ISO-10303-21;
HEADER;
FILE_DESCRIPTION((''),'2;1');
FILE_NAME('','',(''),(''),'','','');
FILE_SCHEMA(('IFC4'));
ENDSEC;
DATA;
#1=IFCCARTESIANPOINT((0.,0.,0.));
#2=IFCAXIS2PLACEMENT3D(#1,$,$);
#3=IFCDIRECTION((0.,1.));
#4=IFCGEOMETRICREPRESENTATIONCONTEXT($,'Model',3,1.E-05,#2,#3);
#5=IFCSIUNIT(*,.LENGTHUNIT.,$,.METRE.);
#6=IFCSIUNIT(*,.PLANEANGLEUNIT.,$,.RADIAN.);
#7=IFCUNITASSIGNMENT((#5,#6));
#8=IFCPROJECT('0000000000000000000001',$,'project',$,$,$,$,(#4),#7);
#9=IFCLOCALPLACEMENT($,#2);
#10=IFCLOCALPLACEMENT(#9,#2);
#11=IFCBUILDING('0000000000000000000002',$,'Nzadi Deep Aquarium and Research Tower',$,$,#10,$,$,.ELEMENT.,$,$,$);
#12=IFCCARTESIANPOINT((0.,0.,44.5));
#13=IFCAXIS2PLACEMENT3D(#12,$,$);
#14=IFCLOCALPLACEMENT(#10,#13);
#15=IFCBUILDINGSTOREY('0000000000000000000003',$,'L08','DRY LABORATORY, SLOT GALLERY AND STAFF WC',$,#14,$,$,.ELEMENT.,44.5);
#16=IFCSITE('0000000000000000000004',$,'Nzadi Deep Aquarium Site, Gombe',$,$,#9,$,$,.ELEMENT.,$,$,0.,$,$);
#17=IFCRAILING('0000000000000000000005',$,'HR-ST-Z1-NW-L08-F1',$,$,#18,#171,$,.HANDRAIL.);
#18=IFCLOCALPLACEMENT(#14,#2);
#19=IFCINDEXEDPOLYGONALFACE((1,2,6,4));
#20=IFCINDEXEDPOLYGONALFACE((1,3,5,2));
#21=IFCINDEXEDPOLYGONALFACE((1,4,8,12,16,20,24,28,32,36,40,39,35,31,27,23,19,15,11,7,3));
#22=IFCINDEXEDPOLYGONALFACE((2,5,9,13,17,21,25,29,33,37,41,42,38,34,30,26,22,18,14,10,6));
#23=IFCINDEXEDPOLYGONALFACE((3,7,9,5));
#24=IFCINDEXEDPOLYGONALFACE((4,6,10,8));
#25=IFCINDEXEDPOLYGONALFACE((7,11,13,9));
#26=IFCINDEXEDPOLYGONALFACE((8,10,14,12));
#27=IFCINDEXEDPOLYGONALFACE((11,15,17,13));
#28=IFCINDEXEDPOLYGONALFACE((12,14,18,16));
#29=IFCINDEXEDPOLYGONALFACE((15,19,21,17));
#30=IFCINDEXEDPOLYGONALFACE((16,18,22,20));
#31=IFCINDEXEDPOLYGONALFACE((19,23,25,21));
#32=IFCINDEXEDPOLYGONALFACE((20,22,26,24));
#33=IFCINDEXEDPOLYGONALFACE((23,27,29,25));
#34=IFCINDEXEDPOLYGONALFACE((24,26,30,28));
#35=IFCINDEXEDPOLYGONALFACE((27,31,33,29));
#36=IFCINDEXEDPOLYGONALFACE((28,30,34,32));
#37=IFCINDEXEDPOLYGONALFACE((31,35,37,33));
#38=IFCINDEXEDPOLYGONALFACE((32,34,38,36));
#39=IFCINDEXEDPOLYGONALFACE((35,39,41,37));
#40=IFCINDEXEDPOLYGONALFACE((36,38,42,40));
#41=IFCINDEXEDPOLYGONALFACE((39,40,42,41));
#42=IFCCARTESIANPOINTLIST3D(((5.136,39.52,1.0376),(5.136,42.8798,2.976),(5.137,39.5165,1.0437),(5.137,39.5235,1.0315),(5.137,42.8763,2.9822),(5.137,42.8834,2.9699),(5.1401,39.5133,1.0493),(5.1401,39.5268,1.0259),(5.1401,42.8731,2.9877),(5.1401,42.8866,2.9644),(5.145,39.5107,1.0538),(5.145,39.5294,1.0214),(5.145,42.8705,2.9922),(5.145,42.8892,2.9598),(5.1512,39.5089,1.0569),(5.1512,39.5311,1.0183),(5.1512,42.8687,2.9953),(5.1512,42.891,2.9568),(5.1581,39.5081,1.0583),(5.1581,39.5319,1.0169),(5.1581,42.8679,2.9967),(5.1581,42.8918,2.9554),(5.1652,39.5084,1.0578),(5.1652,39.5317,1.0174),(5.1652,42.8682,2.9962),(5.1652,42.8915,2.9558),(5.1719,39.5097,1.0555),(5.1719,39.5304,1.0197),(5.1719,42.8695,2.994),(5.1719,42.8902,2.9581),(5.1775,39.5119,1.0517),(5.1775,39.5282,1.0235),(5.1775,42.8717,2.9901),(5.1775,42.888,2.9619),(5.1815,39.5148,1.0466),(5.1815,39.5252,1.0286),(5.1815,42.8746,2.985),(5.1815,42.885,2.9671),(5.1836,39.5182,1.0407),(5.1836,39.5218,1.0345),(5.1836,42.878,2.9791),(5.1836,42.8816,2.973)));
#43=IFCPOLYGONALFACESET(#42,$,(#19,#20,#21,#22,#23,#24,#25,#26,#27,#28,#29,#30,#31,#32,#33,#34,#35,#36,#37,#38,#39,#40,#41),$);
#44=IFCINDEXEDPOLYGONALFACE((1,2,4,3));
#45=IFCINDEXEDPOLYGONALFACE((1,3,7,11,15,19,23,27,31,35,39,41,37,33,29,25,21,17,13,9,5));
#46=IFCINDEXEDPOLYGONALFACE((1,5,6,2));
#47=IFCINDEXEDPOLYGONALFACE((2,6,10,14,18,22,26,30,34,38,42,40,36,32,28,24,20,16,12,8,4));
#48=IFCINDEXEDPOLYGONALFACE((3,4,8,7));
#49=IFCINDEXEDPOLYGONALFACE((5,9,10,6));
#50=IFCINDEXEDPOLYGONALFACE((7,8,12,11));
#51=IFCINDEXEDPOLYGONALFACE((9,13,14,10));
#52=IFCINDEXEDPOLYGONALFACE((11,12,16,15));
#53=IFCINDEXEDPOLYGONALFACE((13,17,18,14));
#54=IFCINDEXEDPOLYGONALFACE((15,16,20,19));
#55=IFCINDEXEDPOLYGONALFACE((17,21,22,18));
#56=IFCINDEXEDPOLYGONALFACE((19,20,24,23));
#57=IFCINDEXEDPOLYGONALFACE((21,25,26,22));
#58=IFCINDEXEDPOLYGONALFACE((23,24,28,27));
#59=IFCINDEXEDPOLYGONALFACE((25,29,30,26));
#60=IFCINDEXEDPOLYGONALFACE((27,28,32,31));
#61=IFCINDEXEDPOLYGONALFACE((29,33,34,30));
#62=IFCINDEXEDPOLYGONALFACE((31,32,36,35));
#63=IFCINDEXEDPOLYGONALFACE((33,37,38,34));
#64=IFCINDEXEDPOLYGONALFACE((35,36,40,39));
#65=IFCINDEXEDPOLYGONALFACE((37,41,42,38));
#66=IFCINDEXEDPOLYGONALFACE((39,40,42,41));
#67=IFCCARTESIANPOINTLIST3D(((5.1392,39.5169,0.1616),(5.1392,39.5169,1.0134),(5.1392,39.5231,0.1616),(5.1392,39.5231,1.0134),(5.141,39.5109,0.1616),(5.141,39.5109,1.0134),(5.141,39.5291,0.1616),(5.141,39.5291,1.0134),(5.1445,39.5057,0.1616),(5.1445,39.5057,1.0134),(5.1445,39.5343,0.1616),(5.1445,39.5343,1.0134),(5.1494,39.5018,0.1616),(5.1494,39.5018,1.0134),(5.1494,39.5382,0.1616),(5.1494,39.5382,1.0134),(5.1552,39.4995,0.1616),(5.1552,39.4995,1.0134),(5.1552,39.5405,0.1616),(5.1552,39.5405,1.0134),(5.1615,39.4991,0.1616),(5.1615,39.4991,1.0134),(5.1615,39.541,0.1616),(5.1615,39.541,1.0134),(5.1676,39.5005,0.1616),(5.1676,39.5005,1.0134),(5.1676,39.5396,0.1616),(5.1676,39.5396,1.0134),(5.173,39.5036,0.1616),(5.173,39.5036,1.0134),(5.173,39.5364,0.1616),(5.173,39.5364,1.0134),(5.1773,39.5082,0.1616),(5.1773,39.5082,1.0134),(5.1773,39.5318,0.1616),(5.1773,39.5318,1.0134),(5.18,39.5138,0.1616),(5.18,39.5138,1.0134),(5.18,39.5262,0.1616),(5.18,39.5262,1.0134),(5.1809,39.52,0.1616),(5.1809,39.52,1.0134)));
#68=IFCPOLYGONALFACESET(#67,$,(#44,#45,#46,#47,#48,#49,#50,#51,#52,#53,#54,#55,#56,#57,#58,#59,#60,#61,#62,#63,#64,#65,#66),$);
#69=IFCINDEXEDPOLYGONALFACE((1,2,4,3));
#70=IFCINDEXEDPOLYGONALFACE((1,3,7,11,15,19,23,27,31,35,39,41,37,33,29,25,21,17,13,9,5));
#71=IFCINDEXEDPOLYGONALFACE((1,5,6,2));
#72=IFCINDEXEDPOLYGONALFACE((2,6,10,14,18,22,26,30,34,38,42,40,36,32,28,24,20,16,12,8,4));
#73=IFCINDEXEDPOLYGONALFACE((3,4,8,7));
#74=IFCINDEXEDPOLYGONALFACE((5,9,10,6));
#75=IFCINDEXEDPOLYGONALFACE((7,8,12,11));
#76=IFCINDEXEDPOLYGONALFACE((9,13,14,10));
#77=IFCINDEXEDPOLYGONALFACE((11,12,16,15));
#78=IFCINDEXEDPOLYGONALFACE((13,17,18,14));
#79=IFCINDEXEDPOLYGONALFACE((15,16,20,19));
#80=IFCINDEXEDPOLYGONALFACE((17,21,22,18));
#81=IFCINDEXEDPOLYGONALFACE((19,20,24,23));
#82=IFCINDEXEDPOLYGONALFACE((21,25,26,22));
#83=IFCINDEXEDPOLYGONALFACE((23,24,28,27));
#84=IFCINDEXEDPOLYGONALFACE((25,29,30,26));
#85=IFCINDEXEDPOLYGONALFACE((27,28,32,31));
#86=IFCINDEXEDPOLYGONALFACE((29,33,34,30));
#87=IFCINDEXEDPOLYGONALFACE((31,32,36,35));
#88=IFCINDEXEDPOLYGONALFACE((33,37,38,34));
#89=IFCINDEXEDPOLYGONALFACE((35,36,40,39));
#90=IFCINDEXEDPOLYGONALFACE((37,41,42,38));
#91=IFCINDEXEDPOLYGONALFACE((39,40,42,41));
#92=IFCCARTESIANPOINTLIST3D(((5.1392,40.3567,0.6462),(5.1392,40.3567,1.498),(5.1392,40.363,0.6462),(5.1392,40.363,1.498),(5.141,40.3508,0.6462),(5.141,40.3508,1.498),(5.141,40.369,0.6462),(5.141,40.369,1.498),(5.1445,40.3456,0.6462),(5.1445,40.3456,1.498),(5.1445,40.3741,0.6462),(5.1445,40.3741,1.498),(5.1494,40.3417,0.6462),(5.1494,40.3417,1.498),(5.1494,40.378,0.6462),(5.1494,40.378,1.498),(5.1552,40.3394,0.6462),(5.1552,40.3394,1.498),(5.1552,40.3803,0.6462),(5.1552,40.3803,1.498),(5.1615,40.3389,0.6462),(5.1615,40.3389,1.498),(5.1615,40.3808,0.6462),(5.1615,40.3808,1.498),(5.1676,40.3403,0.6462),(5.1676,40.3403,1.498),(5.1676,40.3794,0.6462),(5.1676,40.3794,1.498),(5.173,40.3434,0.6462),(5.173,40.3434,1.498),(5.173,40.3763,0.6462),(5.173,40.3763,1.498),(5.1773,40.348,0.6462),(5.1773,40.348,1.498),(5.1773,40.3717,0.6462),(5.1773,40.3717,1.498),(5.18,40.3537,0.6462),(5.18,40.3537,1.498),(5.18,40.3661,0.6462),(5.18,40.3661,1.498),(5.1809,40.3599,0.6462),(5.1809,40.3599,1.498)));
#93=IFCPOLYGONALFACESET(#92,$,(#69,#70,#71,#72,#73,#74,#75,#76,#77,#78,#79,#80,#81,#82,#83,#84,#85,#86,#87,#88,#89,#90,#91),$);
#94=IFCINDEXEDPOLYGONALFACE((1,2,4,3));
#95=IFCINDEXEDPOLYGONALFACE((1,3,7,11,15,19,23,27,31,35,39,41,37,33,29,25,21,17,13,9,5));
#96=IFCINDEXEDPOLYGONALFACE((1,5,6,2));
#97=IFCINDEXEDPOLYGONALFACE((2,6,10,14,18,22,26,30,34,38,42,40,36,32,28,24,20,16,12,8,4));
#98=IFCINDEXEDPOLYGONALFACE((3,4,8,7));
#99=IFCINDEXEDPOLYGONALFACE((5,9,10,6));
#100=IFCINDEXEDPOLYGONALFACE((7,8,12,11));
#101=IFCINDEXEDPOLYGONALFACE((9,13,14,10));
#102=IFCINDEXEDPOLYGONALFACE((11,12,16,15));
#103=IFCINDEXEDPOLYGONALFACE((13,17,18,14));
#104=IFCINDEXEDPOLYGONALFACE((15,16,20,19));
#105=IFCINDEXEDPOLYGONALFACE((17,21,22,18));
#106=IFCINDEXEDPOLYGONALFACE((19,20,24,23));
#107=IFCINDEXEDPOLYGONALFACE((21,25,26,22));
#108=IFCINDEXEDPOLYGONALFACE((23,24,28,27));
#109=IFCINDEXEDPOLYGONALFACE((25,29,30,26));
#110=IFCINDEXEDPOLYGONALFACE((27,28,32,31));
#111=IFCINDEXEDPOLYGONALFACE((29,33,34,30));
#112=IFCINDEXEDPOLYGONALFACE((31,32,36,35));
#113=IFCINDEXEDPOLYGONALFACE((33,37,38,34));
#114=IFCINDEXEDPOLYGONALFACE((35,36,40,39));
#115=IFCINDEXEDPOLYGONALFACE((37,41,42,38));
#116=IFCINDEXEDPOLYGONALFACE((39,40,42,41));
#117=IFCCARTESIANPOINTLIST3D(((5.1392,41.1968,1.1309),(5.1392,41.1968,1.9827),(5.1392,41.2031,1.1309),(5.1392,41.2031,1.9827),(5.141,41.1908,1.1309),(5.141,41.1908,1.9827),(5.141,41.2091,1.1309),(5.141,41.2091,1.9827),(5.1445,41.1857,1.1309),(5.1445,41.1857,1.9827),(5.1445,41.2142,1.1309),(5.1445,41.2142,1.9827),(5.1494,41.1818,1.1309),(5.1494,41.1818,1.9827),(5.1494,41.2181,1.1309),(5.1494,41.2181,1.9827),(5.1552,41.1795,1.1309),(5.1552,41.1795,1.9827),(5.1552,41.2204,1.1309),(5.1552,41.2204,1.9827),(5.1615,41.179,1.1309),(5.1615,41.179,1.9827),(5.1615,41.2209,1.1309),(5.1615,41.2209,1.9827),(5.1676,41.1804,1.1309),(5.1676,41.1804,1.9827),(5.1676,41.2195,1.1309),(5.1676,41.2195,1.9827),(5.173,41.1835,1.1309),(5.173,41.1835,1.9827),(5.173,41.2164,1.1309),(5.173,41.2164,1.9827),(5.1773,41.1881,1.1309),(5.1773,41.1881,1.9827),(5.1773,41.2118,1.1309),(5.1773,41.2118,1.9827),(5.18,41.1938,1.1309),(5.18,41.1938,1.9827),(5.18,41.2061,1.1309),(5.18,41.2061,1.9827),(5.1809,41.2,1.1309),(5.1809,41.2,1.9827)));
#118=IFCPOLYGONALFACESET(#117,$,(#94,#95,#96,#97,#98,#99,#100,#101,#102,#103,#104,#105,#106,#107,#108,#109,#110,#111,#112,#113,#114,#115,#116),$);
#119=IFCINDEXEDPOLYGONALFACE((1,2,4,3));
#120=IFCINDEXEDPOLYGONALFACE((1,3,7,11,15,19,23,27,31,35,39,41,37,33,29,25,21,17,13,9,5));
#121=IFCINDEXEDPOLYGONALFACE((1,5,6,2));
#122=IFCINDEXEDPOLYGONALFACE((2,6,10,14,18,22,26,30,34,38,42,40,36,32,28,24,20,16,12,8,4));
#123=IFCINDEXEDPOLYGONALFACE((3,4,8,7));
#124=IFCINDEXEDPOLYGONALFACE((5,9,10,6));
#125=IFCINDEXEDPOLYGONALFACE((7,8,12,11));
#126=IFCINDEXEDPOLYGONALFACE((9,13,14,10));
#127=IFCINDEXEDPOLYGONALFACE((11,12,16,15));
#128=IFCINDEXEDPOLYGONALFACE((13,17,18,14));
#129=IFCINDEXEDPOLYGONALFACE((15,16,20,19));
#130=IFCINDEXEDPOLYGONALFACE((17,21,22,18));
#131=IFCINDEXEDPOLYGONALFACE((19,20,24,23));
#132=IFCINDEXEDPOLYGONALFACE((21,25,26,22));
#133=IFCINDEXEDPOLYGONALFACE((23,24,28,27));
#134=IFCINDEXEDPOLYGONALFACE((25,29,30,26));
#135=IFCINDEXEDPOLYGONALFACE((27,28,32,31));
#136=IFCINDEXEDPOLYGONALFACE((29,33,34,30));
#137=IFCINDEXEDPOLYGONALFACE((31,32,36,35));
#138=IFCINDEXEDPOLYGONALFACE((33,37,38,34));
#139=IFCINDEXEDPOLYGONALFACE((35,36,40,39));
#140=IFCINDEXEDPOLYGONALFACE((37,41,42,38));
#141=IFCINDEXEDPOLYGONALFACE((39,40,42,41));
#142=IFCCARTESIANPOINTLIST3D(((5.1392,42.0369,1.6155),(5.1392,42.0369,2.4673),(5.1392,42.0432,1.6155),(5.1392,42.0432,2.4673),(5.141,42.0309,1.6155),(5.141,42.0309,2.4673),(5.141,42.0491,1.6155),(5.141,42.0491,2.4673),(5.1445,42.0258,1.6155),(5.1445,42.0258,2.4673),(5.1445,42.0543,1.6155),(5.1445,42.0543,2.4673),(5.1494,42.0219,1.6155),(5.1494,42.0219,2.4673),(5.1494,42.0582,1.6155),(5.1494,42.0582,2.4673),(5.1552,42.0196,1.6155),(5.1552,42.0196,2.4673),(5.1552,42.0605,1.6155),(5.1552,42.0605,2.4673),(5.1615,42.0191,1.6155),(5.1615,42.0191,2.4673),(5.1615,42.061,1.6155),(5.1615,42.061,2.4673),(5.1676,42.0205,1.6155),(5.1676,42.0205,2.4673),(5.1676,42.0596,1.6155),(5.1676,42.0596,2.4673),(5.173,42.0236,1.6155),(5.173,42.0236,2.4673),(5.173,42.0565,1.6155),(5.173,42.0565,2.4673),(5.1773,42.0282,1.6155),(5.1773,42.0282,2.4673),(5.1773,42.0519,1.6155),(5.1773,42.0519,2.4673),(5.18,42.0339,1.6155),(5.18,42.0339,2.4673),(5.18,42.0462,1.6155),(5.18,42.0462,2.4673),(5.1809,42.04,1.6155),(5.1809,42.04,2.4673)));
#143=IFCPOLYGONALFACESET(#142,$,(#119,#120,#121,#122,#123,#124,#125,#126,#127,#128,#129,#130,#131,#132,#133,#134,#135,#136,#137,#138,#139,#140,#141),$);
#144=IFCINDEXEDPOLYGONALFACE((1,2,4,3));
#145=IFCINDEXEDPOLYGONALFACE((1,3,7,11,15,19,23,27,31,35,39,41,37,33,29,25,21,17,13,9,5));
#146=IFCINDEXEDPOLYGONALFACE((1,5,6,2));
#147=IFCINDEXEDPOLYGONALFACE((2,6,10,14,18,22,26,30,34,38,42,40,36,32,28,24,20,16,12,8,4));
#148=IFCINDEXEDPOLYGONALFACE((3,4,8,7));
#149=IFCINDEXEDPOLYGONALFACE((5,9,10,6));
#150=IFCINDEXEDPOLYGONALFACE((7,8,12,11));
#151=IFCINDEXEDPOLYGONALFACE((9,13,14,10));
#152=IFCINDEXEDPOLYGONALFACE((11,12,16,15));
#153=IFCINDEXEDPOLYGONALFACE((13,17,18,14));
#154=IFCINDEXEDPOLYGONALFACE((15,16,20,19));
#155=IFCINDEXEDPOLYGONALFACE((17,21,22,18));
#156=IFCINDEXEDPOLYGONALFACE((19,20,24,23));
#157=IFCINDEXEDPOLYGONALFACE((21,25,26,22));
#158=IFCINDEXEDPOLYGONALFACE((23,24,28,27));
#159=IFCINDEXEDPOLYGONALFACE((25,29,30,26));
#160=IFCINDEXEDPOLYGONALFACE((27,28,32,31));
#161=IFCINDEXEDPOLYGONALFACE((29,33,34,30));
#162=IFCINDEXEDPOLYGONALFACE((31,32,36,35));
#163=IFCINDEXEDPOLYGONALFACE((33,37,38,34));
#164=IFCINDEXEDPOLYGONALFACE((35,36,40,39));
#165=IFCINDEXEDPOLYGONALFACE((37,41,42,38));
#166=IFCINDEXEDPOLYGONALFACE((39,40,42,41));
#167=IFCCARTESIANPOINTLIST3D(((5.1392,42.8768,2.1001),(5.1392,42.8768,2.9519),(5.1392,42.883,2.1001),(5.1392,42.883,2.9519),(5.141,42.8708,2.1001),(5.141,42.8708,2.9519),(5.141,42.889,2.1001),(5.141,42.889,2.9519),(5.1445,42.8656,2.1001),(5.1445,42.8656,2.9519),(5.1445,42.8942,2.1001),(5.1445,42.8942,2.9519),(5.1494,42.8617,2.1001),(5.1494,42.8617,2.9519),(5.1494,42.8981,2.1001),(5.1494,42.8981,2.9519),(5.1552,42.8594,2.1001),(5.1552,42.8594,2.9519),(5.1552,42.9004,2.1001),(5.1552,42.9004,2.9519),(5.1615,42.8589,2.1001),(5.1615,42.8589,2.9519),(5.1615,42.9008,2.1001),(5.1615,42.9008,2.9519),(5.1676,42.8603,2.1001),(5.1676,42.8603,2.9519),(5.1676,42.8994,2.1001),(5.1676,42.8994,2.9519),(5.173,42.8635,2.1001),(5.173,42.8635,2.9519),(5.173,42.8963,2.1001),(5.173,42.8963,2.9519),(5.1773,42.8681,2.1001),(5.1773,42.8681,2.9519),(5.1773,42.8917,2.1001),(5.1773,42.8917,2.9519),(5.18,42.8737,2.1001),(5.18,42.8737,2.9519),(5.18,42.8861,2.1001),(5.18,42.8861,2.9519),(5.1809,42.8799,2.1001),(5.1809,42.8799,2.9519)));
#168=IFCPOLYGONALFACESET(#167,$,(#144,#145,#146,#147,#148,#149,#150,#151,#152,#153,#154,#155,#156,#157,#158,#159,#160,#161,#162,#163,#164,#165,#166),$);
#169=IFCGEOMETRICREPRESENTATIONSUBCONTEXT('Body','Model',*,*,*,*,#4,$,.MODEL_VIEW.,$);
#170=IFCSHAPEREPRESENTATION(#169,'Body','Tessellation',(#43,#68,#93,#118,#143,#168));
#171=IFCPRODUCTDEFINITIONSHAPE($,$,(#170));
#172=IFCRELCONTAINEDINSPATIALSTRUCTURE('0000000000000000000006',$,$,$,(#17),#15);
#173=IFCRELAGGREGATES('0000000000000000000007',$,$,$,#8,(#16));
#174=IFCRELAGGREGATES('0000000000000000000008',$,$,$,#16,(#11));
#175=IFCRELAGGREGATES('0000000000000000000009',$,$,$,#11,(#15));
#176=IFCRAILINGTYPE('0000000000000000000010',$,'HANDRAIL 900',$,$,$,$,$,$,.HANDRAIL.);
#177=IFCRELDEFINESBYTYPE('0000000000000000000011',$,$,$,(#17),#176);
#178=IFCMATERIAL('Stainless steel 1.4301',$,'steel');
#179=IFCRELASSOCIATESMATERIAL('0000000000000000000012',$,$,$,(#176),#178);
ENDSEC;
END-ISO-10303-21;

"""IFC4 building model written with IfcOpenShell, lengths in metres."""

from ifc_helpers import new_model, si_unit, direction, frame, origin, origin_2d, place, context, subcontext, project, spatial, circle, extrude, material, type_object, element, save


model = new_model("IFC4")

# Units and contexts
model_context = context("Model", 3, precision=1e-05, world=origin(), true_north=direction((0.0, 1.0)))
body_context = subcontext(model_context, "Body", "Model", "MODEL_VIEW")
ifc_project = project(units=[si_unit("LENGTHUNIT", "METRE"), si_unit("PLANEANGLEUNIT", "RADIAN")], contexts=[model_context])

# Site, building, storey
site_placement = place(None, origin())
site = spatial("IfcSite", under=ifc_project, at=site_placement, Name="Nzadi Deep Aquarium Site, Gombe", CompositionType="ELEMENT", RefElevation=0.0)
building_placement = place(site_placement, origin())
building = spatial("IfcBuilding", under=site, at=building_placement, Name="Nzadi Deep Aquarium and Research Tower", CompositionType="ELEMENT")
storey_placement = place(building_placement, frame((0.0, 0.0, 44.5)))
storey = spatial("IfcBuildingStorey", under=building, at=storey_placement, Name="L08", Description="DRY LABORATORY, SLOT GALLERY AND STAFF WC", CompositionType="ELEMENT", Elevation=44.5)

# Railing
ifc_material_1 = material(Name="Stainless steel 1.4301", Category="steel")
railing_type = type_object("IfcRailingType", Name="HANDRAIL 900", PredefinedType="HANDRAIL", material=ifc_material_1)
for number, where, name in (
    (1, (5.1599, 39.52, 0.1616), "HR-ST-Z1-NW-L08-F1"),
):
    element("IfcRailing", number, at=place(storey_placement, frame(where)), inside=storey, type_object=railing_type, Name=name, PredefinedType="HANDRAIL", context=body_context, shape_type="SweptSolid", body=[
        extrude(circle(Radius=0.0239, at=origin_2d()), frame((0.0, 0.0, 0.876), z_axis=(0.0, 0.866175, 0.499741), x_axis=(-1.0, 0.0, 0.0)), (0.0, 0.0, 1.0), 3.8789),
        extrude(circle(Radius=0.021, at=origin_2d()), origin(), (0.0, 0.0, 1.0), 0.8518),
        extrude(circle(Radius=0.021, at=origin_2d()), frame((0.0, 0.8398, 0.4846)), (0.0, 0.0, 1.0), 0.8518),
        extrude(circle(Radius=0.021, at=origin_2d()), frame((0.0, 1.6799, 0.9692)), (0.0, 0.0, 1.0), 0.8518),
        extrude(circle(Radius=0.021, at=origin_2d()), frame((0.0, 2.52, 1.4539)), (0.0, 0.0, 1.0), 0.8518),
        extrude(circle(Radius=0.021, at=origin_2d()), frame((0.0, 3.3599, 1.9385)), (0.0, 0.0, 1.0), 0.8518),
    ])

save(model, "model.ifc")
